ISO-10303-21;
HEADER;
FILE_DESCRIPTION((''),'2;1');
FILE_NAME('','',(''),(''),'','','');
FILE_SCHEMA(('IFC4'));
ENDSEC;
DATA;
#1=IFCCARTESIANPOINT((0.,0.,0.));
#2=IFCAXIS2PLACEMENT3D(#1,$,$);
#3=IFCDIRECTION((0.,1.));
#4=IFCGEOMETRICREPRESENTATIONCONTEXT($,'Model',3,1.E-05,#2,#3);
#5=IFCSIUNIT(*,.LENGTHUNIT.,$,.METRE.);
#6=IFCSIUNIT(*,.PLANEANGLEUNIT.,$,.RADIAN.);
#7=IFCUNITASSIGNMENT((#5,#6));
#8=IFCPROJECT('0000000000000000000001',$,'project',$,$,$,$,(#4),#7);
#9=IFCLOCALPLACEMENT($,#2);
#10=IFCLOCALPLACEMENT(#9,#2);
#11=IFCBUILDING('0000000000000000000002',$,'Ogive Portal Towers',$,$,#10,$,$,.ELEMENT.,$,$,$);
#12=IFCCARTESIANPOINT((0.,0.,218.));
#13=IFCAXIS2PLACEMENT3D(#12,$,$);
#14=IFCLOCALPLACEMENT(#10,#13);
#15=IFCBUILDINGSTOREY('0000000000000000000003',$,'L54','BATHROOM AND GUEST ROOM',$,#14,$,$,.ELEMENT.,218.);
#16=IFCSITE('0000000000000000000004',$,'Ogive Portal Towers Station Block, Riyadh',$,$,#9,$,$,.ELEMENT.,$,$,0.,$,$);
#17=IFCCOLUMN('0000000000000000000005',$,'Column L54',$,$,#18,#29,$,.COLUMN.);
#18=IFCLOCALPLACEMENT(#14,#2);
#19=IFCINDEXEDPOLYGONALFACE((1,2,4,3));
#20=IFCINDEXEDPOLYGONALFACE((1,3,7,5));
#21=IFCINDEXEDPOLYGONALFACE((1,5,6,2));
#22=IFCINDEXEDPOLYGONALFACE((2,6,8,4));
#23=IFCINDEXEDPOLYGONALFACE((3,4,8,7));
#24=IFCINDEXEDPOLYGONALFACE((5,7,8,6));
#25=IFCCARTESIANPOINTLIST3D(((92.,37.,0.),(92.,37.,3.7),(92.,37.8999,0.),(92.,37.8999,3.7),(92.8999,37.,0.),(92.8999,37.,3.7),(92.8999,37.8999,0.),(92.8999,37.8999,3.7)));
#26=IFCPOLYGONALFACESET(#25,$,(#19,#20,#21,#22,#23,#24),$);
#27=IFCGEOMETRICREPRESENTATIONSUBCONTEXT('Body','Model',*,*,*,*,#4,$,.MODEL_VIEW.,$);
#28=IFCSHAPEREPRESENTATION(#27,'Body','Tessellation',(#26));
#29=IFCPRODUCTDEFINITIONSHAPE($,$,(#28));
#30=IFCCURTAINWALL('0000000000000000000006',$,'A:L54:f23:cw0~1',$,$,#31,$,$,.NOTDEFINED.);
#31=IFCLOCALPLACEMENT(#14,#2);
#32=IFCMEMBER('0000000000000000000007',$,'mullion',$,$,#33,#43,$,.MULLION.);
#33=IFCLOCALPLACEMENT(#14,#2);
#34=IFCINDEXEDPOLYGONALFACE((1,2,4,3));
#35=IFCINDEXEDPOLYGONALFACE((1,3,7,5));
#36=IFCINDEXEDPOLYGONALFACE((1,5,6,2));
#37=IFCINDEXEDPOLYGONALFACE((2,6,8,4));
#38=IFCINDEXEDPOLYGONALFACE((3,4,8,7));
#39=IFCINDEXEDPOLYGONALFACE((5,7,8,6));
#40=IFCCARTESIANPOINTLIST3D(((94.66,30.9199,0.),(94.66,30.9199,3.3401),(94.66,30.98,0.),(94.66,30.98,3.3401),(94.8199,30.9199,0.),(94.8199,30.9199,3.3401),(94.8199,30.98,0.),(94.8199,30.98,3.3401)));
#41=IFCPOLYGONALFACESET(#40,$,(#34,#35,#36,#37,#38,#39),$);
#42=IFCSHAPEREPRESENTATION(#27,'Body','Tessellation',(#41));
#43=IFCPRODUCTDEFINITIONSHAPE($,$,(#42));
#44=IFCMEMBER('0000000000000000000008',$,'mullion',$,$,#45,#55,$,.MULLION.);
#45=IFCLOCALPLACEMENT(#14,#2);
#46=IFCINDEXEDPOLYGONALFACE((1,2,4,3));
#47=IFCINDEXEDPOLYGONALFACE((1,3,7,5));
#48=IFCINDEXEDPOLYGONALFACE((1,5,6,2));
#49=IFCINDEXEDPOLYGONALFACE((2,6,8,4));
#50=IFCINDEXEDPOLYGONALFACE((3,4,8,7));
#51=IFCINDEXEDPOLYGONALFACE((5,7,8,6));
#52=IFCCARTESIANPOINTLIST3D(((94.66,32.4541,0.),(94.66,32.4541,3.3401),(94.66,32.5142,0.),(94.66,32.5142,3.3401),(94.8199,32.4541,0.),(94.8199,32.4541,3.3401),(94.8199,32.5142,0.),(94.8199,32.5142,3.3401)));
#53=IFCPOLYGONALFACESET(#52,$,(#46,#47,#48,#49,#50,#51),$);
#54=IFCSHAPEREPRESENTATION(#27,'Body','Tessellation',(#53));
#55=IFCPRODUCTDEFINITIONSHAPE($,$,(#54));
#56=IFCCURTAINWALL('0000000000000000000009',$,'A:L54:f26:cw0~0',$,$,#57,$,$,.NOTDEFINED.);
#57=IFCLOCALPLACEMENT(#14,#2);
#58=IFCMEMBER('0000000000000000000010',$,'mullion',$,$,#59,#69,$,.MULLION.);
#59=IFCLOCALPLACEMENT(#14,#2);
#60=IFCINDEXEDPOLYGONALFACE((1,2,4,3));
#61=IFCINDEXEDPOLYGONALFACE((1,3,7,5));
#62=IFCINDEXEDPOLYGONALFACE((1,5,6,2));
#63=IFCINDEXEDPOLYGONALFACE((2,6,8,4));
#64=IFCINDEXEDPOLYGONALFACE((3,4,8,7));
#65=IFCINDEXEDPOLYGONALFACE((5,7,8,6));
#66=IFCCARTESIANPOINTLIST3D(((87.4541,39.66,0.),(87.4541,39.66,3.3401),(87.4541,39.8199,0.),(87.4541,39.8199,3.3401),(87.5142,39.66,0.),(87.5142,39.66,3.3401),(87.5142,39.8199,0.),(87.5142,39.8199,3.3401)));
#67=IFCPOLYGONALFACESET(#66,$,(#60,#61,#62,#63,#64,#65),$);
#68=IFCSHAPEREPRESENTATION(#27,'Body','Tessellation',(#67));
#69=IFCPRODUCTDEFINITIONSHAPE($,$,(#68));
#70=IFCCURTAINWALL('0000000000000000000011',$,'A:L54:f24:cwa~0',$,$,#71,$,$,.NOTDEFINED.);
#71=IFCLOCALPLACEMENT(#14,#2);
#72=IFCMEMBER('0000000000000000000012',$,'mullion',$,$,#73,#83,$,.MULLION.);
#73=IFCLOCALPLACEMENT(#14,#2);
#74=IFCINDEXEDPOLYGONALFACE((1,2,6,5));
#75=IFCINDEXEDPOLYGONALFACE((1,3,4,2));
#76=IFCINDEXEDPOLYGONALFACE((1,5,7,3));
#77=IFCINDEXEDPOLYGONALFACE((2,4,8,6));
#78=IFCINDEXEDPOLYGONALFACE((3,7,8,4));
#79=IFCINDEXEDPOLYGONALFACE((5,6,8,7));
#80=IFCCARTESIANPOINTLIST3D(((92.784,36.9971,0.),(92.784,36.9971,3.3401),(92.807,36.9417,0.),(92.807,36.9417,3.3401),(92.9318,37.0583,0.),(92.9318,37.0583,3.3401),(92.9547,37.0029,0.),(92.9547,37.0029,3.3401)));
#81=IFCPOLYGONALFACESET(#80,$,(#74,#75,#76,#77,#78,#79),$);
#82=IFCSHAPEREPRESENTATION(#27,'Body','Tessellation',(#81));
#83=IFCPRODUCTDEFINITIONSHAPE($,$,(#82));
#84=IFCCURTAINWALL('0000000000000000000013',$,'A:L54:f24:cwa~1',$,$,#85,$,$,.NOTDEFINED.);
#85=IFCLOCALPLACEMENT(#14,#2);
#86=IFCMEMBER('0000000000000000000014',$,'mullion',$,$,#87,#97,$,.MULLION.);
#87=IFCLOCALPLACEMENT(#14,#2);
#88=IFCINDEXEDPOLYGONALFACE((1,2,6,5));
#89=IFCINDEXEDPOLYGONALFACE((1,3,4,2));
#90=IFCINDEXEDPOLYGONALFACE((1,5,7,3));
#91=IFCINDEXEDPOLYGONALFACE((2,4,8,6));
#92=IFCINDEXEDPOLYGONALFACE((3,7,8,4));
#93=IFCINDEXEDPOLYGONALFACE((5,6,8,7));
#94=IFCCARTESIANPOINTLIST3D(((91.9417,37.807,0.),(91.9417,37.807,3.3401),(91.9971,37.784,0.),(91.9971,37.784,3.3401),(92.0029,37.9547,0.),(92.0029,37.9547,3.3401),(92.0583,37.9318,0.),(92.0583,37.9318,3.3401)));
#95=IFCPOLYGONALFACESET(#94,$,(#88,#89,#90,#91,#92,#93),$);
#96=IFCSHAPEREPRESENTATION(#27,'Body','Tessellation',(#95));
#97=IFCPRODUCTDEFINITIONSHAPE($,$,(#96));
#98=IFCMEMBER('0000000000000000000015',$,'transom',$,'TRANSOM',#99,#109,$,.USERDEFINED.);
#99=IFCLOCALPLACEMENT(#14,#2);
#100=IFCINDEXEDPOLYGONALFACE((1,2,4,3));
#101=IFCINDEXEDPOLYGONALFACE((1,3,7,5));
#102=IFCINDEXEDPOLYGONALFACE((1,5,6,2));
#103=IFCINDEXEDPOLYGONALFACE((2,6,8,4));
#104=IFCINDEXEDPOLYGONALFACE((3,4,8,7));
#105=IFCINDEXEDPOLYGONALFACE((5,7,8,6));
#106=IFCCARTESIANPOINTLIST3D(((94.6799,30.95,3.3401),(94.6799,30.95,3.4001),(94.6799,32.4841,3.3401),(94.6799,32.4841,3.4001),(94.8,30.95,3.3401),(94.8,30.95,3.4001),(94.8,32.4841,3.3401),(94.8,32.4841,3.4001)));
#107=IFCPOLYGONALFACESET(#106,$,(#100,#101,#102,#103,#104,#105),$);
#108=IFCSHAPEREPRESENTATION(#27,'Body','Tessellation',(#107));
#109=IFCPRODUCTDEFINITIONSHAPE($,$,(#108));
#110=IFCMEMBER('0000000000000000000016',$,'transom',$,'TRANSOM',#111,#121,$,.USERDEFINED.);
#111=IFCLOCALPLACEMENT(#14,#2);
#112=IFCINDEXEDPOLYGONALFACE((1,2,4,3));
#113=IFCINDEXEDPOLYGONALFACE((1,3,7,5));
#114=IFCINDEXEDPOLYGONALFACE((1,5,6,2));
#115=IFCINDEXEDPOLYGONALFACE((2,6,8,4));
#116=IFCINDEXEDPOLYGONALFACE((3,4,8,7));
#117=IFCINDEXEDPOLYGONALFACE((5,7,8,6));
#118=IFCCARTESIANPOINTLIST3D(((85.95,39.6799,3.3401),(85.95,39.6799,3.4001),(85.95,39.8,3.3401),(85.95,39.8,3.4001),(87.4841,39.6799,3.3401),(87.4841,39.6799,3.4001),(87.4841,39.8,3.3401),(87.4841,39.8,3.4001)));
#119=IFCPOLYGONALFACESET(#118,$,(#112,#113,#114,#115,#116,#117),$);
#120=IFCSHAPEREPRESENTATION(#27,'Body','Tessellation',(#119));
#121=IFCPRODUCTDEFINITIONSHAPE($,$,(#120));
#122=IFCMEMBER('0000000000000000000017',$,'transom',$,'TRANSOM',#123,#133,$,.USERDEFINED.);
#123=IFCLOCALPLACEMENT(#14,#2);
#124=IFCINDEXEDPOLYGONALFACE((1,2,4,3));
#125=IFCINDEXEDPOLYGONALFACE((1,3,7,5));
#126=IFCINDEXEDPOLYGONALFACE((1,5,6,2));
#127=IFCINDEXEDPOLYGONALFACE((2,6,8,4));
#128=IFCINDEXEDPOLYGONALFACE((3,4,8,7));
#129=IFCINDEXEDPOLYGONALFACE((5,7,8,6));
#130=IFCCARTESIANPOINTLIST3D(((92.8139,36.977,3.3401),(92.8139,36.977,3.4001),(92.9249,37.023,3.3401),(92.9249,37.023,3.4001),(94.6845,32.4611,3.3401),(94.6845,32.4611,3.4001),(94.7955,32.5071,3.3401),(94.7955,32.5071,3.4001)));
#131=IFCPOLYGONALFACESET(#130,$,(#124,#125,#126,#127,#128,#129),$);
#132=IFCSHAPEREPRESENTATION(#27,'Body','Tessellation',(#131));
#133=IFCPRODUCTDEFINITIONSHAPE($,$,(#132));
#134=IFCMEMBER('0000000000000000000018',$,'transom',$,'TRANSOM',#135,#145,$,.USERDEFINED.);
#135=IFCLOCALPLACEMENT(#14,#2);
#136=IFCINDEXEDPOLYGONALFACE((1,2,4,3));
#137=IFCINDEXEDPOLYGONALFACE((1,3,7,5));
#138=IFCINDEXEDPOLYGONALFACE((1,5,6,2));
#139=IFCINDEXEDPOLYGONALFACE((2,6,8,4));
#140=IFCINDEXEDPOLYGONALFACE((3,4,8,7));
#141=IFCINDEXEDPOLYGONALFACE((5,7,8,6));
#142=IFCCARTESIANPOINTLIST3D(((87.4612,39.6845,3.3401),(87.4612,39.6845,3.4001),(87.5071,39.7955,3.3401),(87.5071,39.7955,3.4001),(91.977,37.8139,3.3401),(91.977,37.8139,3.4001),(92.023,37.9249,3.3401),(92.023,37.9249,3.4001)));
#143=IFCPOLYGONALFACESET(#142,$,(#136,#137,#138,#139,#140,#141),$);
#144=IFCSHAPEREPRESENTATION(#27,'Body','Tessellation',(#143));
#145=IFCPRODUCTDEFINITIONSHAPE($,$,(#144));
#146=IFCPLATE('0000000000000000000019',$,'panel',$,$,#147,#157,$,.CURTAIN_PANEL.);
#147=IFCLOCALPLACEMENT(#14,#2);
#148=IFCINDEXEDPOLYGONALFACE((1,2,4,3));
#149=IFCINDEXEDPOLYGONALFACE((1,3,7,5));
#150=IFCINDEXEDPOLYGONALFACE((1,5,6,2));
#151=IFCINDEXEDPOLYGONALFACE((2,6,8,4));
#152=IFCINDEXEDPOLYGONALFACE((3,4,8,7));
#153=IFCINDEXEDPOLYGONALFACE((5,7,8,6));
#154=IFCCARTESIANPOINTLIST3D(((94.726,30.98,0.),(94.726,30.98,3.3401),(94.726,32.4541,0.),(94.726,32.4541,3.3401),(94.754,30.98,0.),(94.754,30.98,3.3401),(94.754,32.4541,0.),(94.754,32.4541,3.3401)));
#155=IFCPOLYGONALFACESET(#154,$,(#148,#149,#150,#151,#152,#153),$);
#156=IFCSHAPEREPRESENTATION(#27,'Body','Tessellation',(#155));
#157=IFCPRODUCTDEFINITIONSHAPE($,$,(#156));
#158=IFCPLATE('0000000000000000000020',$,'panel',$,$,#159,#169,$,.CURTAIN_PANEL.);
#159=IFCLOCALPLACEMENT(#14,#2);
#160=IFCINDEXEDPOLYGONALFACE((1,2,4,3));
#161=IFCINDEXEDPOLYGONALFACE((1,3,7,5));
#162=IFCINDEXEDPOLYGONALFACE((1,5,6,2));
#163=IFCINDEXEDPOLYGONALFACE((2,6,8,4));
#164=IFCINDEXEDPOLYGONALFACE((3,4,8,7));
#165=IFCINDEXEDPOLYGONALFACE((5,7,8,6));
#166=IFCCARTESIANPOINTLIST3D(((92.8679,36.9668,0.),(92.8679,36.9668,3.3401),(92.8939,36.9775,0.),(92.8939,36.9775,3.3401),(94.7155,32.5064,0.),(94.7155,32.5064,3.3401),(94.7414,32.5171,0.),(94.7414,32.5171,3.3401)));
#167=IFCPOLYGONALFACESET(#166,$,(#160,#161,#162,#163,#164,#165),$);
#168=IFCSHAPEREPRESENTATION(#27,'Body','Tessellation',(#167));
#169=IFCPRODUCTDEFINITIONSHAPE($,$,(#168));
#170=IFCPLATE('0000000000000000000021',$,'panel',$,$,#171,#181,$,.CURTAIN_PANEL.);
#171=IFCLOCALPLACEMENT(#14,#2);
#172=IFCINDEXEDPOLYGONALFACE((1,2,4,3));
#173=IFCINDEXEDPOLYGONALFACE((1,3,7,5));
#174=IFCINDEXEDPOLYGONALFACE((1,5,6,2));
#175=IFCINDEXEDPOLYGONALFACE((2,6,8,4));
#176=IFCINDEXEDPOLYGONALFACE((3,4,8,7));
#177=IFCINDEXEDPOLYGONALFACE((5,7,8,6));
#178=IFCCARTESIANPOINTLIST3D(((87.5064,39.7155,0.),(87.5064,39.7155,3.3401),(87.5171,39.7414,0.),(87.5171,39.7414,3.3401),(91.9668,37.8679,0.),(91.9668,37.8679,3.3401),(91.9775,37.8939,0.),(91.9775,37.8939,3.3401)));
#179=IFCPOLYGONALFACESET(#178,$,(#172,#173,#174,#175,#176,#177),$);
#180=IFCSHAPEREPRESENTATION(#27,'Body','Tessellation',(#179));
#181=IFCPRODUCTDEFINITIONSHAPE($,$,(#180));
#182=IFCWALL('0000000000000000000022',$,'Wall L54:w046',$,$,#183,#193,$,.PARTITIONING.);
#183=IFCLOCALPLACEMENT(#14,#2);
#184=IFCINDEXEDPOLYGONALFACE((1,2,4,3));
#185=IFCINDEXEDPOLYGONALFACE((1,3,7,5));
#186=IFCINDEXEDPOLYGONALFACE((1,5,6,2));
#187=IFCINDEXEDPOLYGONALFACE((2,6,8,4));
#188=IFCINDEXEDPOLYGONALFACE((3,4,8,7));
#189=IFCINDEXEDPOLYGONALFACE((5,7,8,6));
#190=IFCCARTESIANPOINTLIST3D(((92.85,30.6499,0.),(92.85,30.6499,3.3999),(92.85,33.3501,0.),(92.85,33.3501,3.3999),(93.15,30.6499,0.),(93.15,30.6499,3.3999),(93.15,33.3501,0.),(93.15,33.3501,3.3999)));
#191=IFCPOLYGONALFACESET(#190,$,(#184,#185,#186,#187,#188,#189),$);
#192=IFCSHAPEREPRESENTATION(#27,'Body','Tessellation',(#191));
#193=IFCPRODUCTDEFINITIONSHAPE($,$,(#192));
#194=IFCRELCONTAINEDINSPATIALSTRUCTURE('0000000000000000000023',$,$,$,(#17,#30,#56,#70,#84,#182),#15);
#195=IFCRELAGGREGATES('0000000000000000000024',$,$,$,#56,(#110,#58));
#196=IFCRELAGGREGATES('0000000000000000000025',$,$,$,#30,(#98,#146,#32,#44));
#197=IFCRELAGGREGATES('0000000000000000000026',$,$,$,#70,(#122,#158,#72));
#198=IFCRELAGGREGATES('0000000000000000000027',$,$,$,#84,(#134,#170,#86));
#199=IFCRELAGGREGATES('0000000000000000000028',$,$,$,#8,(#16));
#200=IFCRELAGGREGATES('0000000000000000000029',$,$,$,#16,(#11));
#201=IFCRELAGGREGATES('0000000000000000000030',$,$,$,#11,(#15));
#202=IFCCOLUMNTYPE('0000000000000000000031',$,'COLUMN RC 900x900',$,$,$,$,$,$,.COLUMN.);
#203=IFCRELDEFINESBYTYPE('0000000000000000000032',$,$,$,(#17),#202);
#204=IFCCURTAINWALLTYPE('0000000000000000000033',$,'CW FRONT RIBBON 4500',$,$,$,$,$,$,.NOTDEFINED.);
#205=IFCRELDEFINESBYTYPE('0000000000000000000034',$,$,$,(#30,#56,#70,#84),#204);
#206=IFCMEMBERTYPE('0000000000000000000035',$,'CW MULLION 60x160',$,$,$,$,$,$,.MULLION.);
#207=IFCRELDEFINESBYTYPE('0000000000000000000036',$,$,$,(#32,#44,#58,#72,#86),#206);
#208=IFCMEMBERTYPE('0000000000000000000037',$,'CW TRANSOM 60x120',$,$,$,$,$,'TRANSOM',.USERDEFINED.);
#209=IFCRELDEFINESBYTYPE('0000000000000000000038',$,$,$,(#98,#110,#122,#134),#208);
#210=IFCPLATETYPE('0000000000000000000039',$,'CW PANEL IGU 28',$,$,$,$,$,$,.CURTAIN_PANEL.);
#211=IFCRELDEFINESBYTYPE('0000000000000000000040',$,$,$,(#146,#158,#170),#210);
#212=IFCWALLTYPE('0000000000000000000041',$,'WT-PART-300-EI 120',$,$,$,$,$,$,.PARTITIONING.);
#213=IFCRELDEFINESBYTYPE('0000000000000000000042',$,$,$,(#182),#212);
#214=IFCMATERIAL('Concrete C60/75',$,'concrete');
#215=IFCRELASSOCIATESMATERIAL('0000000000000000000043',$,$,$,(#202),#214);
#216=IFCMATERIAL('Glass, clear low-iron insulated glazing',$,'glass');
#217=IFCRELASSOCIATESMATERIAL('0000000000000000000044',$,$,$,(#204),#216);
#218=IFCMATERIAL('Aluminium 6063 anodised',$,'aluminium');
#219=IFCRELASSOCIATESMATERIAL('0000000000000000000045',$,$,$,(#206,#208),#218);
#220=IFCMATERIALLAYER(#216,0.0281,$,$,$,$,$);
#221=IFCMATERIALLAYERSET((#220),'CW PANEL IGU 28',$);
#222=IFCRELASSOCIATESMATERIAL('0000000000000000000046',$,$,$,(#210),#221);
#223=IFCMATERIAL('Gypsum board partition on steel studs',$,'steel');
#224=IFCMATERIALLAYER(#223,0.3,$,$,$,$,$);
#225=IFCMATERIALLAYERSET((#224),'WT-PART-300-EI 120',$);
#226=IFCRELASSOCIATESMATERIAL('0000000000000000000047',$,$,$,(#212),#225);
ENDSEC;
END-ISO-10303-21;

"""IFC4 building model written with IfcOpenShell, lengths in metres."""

from ifc_helpers import new_model, si_unit, direction, frame, frame_2d, origin, origin_2d, place, context, subcontext, project, spatial, rectangle, extrude, material, layer, layer_set, material_profile, profile_set, type_object, element, aggregate, save


model = new_model("IFC4")

# Units and contexts
model_context = context("Model", 3, precision=1e-05, world=origin(), true_north=direction((0.0, 1.0)))
body_context = subcontext(model_context, "Body", "Model", "MODEL_VIEW")
ifc_project = project(units=[si_unit("LENGTHUNIT", "METRE"), si_unit("PLANEANGLEUNIT", "RADIAN")], contexts=[model_context])

# Site, building, storey
site_placement = place(None, origin())
site = spatial("IfcSite", under=ifc_project, at=site_placement, Name="Ogive Portal Towers Station Block, Riyadh", CompositionType="ELEMENT", RefElevation=0.0)
building_placement = place(site_placement, origin())
building = spatial("IfcBuilding", under=site, at=building_placement, Name="Ogive Portal Towers", CompositionType="ELEMENT")
storey_placement = place(building_placement, frame((0.0, 0.0, 218.0)))
storey = spatial("IfcBuildingStorey", under=building, at=storey_placement, Name="L54", Description="BATHROOM AND GUEST ROOM", CompositionType="ELEMENT", Elevation=218.0)

# Column
ifc_material_1 = material(Name="Concrete C60/75", Category="concrete")
ifc_material_profile_1 = material_profile(ifc_material_1, rectangle(XDim=0.8999, YDim=0.8999, at=origin_2d()), Name="RC 900x900")
ifc_profile_set_1 = profile_set([ifc_material_profile_1], Name="Concrete C60/75")
column_type = type_object("IfcColumnType", Name="COLUMN RC 900x900", PredefinedType="COLUMN", material=ifc_profile_set_1)
column_placement = place(storey_placement, frame((92.45, 37.45, 0.0), z_axis=(0.0, 0.0, 1.0), x_axis=(1.0, 0.0, 0.0)))
element("IfcColumn", 1, at=column_placement, inside=storey, type_object=column_type, Name="Column L54", PredefinedType="COLUMN", context=body_context, shape_type="SweptSolid", body=[
    extrude(rectangle(XDim=0.8999, YDim=0.8999, at=origin_2d()), origin(), (0.0, 0.0, 1.0), 3.7),
])

# Curtain wall, members
ifc_material_2 = material(Name="Glass, clear low-iron insulated glazing", Category="glass")
curtain_wall_type = type_object("IfcCurtainWallType", Name="CW FRONT RIBBON 4500", PredefinedType="NOTDEFINED", material=ifc_material_2)
curtain_wall_1_placement = place(storey_placement, origin())
curtain_wall_1 = element("IfcCurtainWall", 2, at=curtain_wall_1_placement, inside=storey, type_object=curtain_wall_type, Name="A:L54:f23:cw0~1", PredefinedType="NOTDEFINED")
ifc_material_3 = material(Name="Aluminium 6063 anodised", Category="aluminium")
ifc_material_profile_2 = material_profile(ifc_material_3, rectangle(XDim=0.1599, YDim=0.0601, at=origin_2d()), Name="AL 60x160")
ifc_profile_set_2 = profile_set([ifc_material_profile_2], Name="Aluminium 6063 anodised")
member_type_1 = type_object("IfcMemberType", Name="CW MULLION 60x160", PredefinedType="MULLION", material=ifc_profile_set_2)
member_1_placement = place(storey_placement, frame((94.74, 30.95, 0.0), z_axis=(0.0, 0.0, 1.0), x_axis=(-1.0, 0.0, 0.0)))
member_1 = element("IfcMember", 3, at=member_1_placement, type_object=member_type_1, Name="mullion", PredefinedType="MULLION", context=body_context, shape_type="SweptSolid", body=[
    extrude(rectangle(XDim=0.1599, YDim=0.0601, at=origin_2d()), origin(), (0.0, 0.0, 1.0), 3.3401),
])
member_2_placement = place(storey_placement, frame((94.74, 32.4841, 0.0), z_axis=(0.0, 0.0, 1.0), x_axis=(-1.0, 0.0, 0.0)))
member_2 = element("IfcMember", 4, at=member_2_placement, type_object=member_type_1, Name="mullion", PredefinedType="MULLION", context=body_context, shape_type="SweptSolid", body=[
    extrude(rectangle(XDim=0.1599, YDim=0.0601, at=origin_2d()), origin(), (0.0, 0.0, 1.0), 3.3401),
])

# Curtain walls, members
curtain_wall_2_placement = place(storey_placement, origin())
curtain_wall_2 = element("IfcCurtainWall", 5, at=curtain_wall_2_placement, inside=storey, type_object=curtain_wall_type, Name="A:L54:f26:cw0~0", PredefinedType="NOTDEFINED")
member_3_placement = place(storey_placement, frame((87.4841, 39.74, 0.0), z_axis=(0.0, 0.0, 1.0), x_axis=(0.0, -1.0, 0.0)))
member_3 = element("IfcMember", 6, at=member_3_placement, type_object=member_type_1, Name="mullion", PredefinedType="MULLION", context=body_context, shape_type="SweptSolid", body=[
    extrude(rectangle(XDim=0.1599, YDim=0.0601, at=origin_2d()), origin(), (0.0, 0.0, 1.0), 3.3401),
])
curtain_wall_3_placement = place(storey_placement, origin())
curtain_wall_3 = element("IfcCurtainWall", 7, at=curtain_wall_3_placement, inside=storey, type_object=curtain_wall_type, Name="A:L54:f24:cwa~0", PredefinedType="NOTDEFINED")
member_4_placement = place(storey_placement, frame((92.8694, 37.0, 0.0), z_axis=(0.0, 0.0, 1.0), x_axis=(-0.92388, -0.382683, 0.0)))
member_4 = element("IfcMember", 8, at=member_4_placement, type_object=member_type_1, Name="mullion", PredefinedType="MULLION", context=body_context, shape_type="SweptSolid", body=[
    extrude(rectangle(XDim=0.1599, YDim=0.0601, at=origin_2d()), origin(), (0.0, 0.0, 1.0), 3.3401),
])
curtain_wall_4_placement = place(storey_placement, origin())
curtain_wall_4 = element("IfcCurtainWall", 9, at=curtain_wall_4_placement, inside=storey, type_object=curtain_wall_type, Name="A:L54:f24:cwa~1", PredefinedType="NOTDEFINED")
member_5_placement = place(storey_placement, frame((92.0, 37.8694, 0.0), z_axis=(0.0, 0.0, 1.0), x_axis=(-0.382683, -0.92388, 0.0)))
member_5 = element("IfcMember", 10, at=member_5_placement, type_object=member_type_1, Name="mullion", PredefinedType="MULLION", context=body_context, shape_type="SweptSolid", body=[
    extrude(rectangle(XDim=0.1599, YDim=0.0601, at=origin_2d()), origin(), (0.0, 0.0, 1.0), 3.3401),
])

# Members
ifc_material_profile_3 = material_profile(ifc_material_3, rectangle(XDim=0.1201, YDim=0.0601, at=origin_2d()), Name="AL 120x60")
ifc_profile_set_3 = profile_set([ifc_material_profile_3], Name="Aluminium 6063 anodised")
member_type_2 = type_object("IfcMemberType", Name="CW TRANSOM 60x120", ElementType="TRANSOM", PredefinedType="USERDEFINED", material=ifc_profile_set_3)
member_6_placement = place(storey_placement, frame((94.74, 30.95, 3.3701), z_axis=(0.0, 1.0, 0.0), x_axis=(-1.0, 0.0, 0.0)))
member_6 = element("IfcMember", 11, at=member_6_placement, type_object=member_type_2, Name="transom", ObjectType="TRANSOM", PredefinedType="USERDEFINED", context=body_context, shape_type="SweptSolid", body=[
    extrude(rectangle(XDim=0.1201, YDim=0.0601, at=origin_2d()), origin(), (0.0, 0.0, 1.0), 1.5342),
])
member_7_placement = place(storey_placement, frame((87.4841, 39.74, 3.3701), z_axis=(-1.0, 0.0, 0.0), x_axis=(0.0, -1.0, 0.0)))
member_7 = element("IfcMember", 12, at=member_7_placement, type_object=member_type_2, Name="transom", ObjectType="TRANSOM", PredefinedType="USERDEFINED", context=body_context, shape_type="SweptSolid", body=[
    extrude(rectangle(XDim=0.1201, YDim=0.0601, at=origin_2d()), origin(), (0.0, 0.0, 1.0), 1.5342),
])
aggregate(curtain_wall_2, [member_7, member_3])
member_8_placement = place(storey_placement, frame((94.74, 32.4841, 3.3701), z_axis=(-0.382696, 0.923874, 0.0), x_axis=(-0.923874, -0.382696, 0.0)))
member_8 = element("IfcMember", 13, at=member_8_placement, type_object=member_type_2, Name="transom", ObjectType="TRANSOM", PredefinedType="USERDEFINED", context=body_context, shape_type="SweptSolid", body=[
    extrude(rectangle(XDim=0.1201, YDim=0.0601, at=origin_2d()), origin(), (0.0, 0.0, 1.0), 4.8879),
])
member_9_placement = place(storey_placement, frame((92.0, 37.8694, 3.3701), z_axis=(-0.923874, 0.382696, 0.0), x_axis=(-0.382696, -0.923874, 0.0)))
member_9 = element("IfcMember", 14, at=member_9_placement, type_object=member_type_2, Name="transom", ObjectType="TRANSOM", PredefinedType="USERDEFINED", context=body_context, shape_type="SweptSolid", body=[
    extrude(rectangle(XDim=0.1201, YDim=0.0601, at=origin_2d()), origin(), (0.0, 0.0, 1.0), 4.8879),
])

# Plates
ifc_layer_1 = layer(ifc_material_2, 0.0281)
ifc_layer_set_1 = layer_set([ifc_layer_1], Name="CW PANEL IGU 28")
plate_type = type_object("IfcPlateType", Name="CW PANEL IGU 28", PredefinedType="CURTAIN_PANEL", material=ifc_layer_set_1)
plate_1_placement = place(storey_placement, frame((94.74, 31.717, 0.0), z_axis=(0.0, 0.0, 1.0), x_axis=(0.0, 1.0, 0.0)))
plate_1 = element("IfcPlate", 15, at=plate_1_placement, type_object=plate_type, Name="panel", PredefinedType="CURTAIN_PANEL", context=body_context, shape_type="SweptSolid", body=[
    extrude(rectangle(XDim=1.4741, YDim=0.0281, at=origin_2d()), origin(), (0.0, 0.0, 1.0), 3.3401),
])
aggregate(curtain_wall_1, [member_6, plate_1, member_1, member_2])
plate_2_placement = place(storey_placement, frame((93.8047, 34.7419, 0.0), z_axis=(0.0, 0.0, 1.0), x_axis=(-0.382683, 0.92388, 0.0)))
plate_2 = element("IfcPlate", 16, at=plate_2_placement, type_object=plate_type, Name="panel", PredefinedType="CURTAIN_PANEL", context=body_context, shape_type="SweptSolid", body=[
    extrude(rectangle(XDim=4.8279, YDim=0.0281, at=origin_2d()), origin(), (0.0, 0.0, 1.0), 3.3401),
])
aggregate(curtain_wall_3, [member_8, plate_2, member_4])
plate_3_placement = place(storey_placement, frame((89.7419, 38.8047, 0.0), z_axis=(0.0, 0.0, 1.0), x_axis=(-0.92388, 0.382683, 0.0)))
plate_3 = element("IfcPlate", 17, at=plate_3_placement, type_object=plate_type, Name="panel", PredefinedType="CURTAIN_PANEL", context=body_context, shape_type="SweptSolid", body=[
    extrude(rectangle(XDim=4.8279, YDim=0.0281, at=origin_2d()), origin(), (0.0, 0.0, 1.0), 3.3401),
])
aggregate(curtain_wall_4, [member_9, plate_3, member_5])

# Wall
ifc_material_4 = material(Name="Gypsum board partition on steel studs", Category="steel")
ifc_layer_2 = layer(ifc_material_4, 0.3)
ifc_layer_set_2 = layer_set([ifc_layer_2], Name="WT-PART-300-EI 120")
wall_type_1 = type_object("IfcWallType", Name="WT-PART-300-EI 120", PredefinedType="PARTITIONING", material=ifc_layer_set_2)
wall_1_placement = place(storey_placement, frame((93.0, 30.6499, 0.0), z_axis=(0.0, 0.0, 1.0), x_axis=(0.0, 1.0, 0.0)))
element("IfcWall", 18, at=wall_1_placement, inside=storey, type_object=wall_type_1, Name="Wall L54:w046", PredefinedType="PARTITIONING", context=body_context, shape_type="SweptSolid", body=[
    extrude(rectangle(XDim=2.7002, YDim=0.3, at=frame_2d((1.3501, 0.0))), origin(), (0.0, 0.0, 1.0), 3.3999),
])

save(model, "model.ifc")
